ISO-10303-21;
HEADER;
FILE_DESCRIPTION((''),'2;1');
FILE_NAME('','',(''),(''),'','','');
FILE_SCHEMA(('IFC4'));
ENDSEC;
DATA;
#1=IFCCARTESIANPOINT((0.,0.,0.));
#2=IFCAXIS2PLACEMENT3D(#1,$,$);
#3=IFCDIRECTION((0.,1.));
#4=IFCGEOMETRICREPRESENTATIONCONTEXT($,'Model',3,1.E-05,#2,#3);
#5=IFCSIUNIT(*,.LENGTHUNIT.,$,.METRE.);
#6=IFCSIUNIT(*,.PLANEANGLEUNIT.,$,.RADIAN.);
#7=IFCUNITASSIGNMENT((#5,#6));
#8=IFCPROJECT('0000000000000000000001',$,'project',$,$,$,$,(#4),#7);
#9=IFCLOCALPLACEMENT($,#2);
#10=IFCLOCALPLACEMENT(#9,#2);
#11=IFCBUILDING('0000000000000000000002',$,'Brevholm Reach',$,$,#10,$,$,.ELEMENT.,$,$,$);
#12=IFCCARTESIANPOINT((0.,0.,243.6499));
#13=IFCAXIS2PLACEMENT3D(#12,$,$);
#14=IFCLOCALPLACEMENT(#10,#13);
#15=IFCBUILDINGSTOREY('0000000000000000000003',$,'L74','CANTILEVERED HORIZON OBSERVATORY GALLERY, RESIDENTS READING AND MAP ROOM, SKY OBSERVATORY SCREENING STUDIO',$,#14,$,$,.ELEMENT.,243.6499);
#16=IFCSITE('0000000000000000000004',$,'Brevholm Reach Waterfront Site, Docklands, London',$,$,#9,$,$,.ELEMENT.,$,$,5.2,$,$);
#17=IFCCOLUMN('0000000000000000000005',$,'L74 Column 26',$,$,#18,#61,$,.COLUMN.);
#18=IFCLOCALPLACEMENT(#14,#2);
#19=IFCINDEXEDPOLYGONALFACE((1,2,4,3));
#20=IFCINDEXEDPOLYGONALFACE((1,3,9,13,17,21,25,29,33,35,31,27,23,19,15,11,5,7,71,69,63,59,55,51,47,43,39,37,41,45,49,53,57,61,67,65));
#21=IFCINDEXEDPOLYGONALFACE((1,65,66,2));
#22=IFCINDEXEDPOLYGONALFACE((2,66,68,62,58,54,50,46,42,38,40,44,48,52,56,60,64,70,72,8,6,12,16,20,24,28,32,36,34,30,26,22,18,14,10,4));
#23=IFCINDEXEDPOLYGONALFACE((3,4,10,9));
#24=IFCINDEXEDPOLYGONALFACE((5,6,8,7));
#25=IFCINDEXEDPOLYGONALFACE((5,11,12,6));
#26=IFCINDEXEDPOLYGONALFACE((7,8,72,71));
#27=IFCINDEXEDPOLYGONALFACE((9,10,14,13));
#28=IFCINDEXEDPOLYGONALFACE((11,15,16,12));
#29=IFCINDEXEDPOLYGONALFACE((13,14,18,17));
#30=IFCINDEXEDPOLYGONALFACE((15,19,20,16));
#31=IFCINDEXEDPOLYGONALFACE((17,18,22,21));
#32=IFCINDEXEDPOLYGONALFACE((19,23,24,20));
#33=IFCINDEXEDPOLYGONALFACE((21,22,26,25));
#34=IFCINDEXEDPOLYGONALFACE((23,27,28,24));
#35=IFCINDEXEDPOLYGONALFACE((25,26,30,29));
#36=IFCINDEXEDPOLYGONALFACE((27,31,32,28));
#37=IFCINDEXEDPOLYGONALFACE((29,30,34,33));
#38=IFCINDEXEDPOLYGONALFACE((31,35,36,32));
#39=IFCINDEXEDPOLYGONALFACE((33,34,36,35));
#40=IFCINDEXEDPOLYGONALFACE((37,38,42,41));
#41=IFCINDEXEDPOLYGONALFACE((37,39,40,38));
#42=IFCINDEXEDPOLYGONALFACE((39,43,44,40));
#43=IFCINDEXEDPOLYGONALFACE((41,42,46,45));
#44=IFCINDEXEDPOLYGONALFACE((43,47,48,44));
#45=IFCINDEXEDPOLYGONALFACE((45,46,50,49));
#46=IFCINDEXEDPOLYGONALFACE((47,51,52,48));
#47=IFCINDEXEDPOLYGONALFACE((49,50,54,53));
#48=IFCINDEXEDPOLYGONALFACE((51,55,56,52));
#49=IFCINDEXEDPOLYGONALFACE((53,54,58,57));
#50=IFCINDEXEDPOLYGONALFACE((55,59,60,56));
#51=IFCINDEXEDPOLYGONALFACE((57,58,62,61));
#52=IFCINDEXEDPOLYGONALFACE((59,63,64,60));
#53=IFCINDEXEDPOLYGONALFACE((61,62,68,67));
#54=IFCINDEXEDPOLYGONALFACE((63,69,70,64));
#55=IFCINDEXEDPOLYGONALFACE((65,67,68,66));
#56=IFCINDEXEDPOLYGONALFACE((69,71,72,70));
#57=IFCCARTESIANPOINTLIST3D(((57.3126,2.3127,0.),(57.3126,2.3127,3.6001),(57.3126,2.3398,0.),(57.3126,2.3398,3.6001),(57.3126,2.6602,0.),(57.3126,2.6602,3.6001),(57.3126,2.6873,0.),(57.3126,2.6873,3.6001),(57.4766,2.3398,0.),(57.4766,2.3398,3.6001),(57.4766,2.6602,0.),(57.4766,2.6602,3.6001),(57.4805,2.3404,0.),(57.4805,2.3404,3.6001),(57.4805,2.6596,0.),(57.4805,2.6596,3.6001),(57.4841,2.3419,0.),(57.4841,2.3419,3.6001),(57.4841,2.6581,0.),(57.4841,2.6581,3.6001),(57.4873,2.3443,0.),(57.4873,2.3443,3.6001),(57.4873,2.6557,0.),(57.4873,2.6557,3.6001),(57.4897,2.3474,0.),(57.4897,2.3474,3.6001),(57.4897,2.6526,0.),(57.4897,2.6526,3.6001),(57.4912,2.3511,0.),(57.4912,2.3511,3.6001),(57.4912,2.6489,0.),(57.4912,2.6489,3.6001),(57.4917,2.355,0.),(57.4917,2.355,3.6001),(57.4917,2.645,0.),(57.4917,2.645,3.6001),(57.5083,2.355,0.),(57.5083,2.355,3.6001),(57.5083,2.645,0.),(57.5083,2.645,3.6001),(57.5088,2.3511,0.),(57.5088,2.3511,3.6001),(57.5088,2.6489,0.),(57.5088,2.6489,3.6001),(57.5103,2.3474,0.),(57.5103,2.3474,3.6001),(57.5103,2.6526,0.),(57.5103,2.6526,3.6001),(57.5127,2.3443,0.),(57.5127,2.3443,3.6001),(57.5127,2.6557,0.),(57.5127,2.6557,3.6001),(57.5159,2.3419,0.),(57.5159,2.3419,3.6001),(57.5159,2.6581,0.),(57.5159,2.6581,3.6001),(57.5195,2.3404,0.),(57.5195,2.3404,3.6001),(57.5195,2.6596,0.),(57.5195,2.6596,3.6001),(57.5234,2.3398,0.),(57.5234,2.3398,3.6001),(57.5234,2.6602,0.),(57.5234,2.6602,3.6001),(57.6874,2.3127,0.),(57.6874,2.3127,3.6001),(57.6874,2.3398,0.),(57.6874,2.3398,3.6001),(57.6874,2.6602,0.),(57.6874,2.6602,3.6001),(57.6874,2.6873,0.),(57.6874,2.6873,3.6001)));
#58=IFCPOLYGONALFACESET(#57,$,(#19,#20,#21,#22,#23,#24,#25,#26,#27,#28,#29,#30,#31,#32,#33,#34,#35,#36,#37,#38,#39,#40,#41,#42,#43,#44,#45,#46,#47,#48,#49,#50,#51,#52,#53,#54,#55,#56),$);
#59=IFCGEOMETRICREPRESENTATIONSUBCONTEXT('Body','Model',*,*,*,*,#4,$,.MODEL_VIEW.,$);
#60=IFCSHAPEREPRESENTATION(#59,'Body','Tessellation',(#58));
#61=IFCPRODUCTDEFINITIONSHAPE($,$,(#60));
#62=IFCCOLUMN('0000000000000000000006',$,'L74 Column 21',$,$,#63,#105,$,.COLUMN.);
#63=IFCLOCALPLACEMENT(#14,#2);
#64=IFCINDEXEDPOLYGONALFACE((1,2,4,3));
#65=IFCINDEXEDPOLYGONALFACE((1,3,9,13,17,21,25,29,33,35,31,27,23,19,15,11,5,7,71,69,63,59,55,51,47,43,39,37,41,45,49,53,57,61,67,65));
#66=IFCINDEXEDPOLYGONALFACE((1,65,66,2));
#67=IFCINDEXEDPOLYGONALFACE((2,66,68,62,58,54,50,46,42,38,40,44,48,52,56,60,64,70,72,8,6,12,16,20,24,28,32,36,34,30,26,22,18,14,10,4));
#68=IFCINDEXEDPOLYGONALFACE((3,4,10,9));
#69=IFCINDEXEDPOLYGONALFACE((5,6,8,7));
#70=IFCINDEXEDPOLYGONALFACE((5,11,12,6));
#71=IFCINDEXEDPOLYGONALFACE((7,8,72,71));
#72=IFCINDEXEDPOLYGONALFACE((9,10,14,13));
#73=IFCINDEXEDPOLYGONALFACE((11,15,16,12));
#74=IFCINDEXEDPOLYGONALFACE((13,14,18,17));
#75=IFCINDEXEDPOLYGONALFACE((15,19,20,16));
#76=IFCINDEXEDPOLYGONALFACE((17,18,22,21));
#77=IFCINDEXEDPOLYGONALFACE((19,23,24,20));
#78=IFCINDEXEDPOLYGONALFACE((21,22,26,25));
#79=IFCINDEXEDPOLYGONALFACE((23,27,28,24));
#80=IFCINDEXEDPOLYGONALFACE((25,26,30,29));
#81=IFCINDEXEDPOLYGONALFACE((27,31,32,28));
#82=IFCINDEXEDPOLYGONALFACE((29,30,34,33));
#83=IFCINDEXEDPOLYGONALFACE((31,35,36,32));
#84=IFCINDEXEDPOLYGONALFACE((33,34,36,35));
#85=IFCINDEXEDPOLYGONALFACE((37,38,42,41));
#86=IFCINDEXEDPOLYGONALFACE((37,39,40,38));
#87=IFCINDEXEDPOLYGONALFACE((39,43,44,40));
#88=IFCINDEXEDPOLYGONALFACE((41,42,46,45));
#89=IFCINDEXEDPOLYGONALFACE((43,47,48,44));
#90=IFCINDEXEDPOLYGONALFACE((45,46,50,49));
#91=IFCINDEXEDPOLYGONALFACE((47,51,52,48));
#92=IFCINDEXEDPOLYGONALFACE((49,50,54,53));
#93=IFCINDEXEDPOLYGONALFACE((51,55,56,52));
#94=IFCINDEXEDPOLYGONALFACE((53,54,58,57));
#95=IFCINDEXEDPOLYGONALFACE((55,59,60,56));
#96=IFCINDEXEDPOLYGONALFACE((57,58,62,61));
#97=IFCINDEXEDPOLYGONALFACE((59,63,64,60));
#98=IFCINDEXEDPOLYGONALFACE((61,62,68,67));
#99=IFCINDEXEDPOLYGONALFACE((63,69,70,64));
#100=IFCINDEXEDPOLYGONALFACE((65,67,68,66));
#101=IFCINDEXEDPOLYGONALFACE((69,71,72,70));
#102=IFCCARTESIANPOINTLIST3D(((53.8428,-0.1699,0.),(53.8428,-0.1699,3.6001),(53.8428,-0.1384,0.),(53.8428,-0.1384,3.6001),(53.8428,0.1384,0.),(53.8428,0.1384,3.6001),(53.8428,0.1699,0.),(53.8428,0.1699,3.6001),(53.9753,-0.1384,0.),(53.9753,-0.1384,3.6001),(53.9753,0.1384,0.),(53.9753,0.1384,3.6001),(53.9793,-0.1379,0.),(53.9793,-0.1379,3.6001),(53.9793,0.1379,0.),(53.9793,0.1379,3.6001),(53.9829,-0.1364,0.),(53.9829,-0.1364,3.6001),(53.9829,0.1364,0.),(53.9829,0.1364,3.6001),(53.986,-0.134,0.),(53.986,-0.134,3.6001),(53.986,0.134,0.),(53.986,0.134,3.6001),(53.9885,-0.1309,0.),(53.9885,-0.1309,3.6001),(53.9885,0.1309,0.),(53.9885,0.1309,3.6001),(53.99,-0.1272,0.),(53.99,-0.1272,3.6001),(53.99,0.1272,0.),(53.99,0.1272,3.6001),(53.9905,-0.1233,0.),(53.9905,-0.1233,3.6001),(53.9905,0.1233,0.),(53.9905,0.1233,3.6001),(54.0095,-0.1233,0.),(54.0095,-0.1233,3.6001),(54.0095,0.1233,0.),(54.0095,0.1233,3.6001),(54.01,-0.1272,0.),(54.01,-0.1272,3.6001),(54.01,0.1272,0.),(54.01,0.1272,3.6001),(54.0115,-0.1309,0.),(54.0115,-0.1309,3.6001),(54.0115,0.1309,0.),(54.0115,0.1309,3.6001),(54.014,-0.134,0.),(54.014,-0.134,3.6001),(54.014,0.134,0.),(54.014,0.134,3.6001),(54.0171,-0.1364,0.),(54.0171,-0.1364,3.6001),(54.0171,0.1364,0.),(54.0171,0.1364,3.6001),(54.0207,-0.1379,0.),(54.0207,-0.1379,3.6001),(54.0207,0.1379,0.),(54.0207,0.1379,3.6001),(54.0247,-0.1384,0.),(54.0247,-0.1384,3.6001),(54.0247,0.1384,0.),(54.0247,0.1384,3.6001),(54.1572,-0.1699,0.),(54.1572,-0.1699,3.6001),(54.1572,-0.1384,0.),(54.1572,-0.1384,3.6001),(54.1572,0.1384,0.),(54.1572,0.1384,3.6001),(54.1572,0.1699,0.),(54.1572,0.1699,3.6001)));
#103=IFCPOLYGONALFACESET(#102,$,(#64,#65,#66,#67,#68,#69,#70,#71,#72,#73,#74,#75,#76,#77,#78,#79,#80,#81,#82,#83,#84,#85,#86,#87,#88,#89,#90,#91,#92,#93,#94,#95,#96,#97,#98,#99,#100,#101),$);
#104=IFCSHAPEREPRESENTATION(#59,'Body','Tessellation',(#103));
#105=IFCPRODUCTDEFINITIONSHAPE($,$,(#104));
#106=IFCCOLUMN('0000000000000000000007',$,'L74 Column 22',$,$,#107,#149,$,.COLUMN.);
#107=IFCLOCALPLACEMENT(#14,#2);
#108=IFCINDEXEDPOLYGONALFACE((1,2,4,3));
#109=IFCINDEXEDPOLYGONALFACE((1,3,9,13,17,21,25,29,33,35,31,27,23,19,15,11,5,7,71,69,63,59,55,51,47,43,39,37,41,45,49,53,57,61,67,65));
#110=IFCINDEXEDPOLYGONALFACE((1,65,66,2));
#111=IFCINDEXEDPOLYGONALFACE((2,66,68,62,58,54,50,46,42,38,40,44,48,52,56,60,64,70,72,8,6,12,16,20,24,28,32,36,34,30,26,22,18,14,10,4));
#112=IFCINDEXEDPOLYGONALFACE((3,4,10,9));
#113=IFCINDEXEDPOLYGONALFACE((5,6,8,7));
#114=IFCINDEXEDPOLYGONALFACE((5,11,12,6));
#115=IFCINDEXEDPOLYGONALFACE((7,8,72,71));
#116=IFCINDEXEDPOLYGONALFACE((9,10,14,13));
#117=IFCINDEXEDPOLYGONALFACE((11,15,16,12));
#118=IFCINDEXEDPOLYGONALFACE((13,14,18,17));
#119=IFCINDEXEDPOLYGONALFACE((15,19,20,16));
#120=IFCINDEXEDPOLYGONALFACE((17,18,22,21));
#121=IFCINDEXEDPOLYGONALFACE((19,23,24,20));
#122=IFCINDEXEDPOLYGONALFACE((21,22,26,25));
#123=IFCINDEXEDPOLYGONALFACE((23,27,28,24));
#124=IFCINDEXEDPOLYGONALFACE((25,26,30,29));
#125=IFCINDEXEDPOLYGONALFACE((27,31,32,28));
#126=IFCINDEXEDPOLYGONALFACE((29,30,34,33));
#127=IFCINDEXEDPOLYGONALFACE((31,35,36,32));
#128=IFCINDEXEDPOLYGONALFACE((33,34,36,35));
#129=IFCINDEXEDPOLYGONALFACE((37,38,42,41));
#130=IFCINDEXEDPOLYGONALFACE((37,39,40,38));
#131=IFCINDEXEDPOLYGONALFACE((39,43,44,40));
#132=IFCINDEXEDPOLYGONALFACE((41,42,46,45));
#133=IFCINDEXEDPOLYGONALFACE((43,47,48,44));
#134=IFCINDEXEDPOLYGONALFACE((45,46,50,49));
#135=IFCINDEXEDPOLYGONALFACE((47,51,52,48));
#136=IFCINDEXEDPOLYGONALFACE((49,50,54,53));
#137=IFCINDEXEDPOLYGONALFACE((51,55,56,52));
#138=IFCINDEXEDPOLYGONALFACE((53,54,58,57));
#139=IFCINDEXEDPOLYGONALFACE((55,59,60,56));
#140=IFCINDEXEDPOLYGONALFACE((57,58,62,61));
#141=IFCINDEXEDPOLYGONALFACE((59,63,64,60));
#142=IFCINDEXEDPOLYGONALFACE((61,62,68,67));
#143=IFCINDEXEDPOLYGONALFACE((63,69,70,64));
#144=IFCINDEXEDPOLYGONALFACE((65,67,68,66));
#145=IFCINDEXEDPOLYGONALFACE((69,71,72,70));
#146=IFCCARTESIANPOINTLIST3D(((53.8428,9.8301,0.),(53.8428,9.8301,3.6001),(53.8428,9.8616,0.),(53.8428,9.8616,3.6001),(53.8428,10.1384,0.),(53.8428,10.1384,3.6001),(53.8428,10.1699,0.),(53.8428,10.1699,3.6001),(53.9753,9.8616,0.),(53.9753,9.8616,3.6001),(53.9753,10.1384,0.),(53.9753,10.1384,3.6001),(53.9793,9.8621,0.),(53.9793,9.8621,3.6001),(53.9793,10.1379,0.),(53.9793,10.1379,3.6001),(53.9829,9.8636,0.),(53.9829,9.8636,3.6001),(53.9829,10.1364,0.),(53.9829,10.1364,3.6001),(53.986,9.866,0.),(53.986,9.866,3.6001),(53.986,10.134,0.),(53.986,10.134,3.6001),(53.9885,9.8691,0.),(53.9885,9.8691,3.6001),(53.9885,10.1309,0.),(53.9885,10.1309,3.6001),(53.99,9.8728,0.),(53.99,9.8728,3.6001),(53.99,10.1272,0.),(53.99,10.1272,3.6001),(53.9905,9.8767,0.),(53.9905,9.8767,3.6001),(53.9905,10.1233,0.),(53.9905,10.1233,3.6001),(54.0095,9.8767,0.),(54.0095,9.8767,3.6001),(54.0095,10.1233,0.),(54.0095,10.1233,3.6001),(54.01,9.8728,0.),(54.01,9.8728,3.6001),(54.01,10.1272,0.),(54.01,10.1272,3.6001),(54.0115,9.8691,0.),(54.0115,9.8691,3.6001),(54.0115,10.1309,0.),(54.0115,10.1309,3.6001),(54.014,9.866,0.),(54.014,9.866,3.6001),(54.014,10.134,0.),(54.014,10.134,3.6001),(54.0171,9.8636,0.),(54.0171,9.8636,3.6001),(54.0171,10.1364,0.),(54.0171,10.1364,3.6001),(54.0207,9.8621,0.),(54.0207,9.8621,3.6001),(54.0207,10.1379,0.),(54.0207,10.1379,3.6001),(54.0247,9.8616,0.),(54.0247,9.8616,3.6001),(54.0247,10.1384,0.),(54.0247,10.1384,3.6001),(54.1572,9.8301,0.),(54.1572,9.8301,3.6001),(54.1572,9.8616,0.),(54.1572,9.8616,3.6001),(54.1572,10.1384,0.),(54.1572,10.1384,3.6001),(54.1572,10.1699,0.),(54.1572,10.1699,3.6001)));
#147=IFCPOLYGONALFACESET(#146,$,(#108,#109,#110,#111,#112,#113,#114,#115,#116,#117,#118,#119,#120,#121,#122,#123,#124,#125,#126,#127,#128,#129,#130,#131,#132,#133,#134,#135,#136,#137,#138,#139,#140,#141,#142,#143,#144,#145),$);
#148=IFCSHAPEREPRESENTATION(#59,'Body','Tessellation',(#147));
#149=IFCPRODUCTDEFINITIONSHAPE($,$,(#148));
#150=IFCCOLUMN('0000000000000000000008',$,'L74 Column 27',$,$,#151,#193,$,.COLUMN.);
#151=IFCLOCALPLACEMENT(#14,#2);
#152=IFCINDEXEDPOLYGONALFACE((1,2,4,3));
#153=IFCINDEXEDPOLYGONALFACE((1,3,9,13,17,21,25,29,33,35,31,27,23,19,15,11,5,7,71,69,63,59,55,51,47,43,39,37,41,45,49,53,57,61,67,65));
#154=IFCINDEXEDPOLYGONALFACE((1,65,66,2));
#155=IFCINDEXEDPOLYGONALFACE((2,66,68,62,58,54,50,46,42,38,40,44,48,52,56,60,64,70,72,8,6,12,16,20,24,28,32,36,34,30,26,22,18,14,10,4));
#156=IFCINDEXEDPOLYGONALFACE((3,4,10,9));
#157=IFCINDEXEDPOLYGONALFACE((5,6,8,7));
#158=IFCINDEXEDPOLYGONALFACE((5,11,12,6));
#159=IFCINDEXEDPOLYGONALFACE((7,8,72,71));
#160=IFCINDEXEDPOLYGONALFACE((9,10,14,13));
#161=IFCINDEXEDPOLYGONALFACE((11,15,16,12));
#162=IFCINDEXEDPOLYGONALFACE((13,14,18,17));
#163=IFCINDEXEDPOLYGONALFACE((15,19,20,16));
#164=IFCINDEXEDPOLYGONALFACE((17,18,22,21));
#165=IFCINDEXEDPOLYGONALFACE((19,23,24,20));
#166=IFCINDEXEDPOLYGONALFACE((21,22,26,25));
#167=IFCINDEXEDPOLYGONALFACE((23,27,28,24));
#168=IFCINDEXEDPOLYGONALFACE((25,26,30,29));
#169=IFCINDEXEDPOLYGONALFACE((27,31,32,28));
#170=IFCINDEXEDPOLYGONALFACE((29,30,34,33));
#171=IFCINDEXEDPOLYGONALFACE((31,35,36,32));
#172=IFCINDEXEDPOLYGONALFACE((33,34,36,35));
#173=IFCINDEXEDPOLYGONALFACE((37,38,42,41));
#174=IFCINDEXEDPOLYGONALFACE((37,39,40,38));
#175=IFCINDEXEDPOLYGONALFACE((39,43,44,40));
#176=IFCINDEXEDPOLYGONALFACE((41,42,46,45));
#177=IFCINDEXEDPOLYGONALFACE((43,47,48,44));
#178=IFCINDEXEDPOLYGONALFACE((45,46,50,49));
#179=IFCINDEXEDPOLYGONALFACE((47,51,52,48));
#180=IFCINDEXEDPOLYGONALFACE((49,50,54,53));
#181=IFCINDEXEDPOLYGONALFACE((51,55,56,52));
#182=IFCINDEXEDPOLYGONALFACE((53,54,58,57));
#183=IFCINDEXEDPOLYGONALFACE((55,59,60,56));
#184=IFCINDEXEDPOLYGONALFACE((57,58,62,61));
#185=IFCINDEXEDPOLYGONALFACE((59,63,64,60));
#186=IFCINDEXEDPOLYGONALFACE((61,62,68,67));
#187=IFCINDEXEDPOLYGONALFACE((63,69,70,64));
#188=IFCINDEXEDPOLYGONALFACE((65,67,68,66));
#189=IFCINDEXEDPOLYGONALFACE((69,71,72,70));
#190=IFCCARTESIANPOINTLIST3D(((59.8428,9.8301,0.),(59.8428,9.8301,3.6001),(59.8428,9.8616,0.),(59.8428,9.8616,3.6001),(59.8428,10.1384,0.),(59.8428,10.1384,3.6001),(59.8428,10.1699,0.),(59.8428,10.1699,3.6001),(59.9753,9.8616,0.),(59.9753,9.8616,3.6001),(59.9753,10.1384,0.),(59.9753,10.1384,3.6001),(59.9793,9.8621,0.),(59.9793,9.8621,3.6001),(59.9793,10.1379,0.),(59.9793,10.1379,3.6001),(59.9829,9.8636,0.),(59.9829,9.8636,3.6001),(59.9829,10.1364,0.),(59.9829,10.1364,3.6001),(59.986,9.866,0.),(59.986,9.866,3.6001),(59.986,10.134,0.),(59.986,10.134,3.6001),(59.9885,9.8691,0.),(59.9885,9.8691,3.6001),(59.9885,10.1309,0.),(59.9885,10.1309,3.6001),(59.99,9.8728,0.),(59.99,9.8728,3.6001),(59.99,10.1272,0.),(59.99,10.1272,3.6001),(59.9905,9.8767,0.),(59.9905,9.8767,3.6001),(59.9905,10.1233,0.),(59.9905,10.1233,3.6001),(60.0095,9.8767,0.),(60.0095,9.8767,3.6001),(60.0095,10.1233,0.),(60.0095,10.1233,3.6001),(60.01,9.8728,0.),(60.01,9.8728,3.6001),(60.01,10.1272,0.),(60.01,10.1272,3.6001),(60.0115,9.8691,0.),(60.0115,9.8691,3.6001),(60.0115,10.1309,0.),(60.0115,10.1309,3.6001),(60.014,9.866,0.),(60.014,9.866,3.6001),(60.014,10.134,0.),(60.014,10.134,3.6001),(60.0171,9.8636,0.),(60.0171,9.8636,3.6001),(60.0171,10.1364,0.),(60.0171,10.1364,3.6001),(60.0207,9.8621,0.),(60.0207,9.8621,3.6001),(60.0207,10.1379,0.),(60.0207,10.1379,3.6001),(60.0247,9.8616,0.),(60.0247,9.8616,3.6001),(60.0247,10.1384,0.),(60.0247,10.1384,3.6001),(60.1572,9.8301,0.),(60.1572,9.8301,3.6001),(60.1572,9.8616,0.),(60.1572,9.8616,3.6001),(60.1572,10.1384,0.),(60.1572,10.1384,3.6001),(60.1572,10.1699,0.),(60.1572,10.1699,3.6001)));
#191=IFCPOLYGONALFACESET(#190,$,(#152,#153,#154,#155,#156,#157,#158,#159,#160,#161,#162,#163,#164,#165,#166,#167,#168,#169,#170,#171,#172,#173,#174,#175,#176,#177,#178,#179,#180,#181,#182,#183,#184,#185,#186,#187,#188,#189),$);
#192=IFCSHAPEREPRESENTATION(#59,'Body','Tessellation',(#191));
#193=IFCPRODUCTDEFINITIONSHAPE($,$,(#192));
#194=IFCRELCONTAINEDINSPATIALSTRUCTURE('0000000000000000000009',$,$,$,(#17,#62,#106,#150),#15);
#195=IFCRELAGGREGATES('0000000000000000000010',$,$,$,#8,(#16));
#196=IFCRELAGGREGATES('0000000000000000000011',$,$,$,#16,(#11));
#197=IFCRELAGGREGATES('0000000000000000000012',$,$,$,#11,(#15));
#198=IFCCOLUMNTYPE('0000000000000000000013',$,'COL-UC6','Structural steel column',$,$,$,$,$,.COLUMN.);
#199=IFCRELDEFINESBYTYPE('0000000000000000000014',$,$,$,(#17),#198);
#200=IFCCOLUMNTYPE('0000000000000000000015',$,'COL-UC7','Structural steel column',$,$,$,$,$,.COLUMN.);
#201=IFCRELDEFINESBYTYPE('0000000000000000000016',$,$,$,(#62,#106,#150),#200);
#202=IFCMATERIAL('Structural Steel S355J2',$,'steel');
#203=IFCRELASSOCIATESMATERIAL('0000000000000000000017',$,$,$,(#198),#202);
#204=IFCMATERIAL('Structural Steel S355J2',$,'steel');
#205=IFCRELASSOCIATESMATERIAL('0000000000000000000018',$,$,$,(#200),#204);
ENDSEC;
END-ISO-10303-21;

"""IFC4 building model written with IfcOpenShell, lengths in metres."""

from ifc_helpers import new_model, si_unit, direction, frame, origin, origin_2d, place, context, subcontext, project, spatial, i_section, extrude, material, material_profile, profile_set, type_object, element, save


model = new_model("IFC4")

# Units and contexts
model_context = context("Model", 3, precision=1e-05, world=origin(), true_north=direction((0.0, 1.0)))
body_context = subcontext(model_context, "Body", "Model", "MODEL_VIEW")
ifc_project = project(units=[si_unit("LENGTHUNIT", "METRE"), si_unit("PLANEANGLEUNIT", "RADIAN")], contexts=[model_context])

# Site, building, storey
site_placement = place(None, origin())
site = spatial("IfcSite", under=ifc_project, at=site_placement, Name="Brevholm Reach Waterfront Site, Docklands, London", CompositionType="ELEMENT", RefElevation=5.2)
building_placement = place(site_placement, origin())
building = spatial("IfcBuilding", under=site, at=building_placement, Name="Brevholm Reach", CompositionType="ELEMENT")
storey_placement = place(building_placement, frame((0.0, 0.0, 243.6499)))
storey = spatial("IfcBuildingStorey", under=building, at=storey_placement, Name="L74", Description="CANTILEVERED HORIZON OBSERVATORY GALLERY, RESIDENTS READING AND MAP ROOM, SKY OBSERVATORY SCREENING STUDIO", CompositionType="ELEMENT", Elevation=243.6499)

# Columns
ifc_material_1 = material(Name="Structural Steel S355J2", Category="steel")
ifc_material_profile_1 = material_profile(ifc_material_1, i_section(OverallWidth=0.3748, OverallDepth=0.3745, WebThickness=0.0166, FlangeThickness=0.0271, FilletRadius=0.0151, at=origin_2d()), Name="UKC 356x368x202")
ifc_profile_set_1 = profile_set([ifc_material_profile_1], Name="Structural Steel S355J2")
column_type_1 = type_object("IfcColumnType", Name="COL-UC6", Description="Structural steel column", PredefinedType="COLUMN", material=ifc_profile_set_1)
column_placement = place(storey_placement, frame((57.5, 2.5, 0.0), z_axis=(0.0, 0.0, 1.0), x_axis=(1.0, 0.0, 0.0)))
element("IfcColumn", 1, at=column_placement, inside=storey, type_object=column_type_1, Name="L74 Column 26", PredefinedType="COLUMN", context=body_context, shape_type="SweptSolid", body=[
    extrude(i_section(OverallWidth=0.3748, OverallDepth=0.3745, WebThickness=0.0166, FlangeThickness=0.0271, FilletRadius=0.0151, at=origin_2d()), origin(), (0.0, 0.0, 1.0), 3.6001),
])
ifc_material_2 = material(Name="Structural Steel S355J2", Category="steel")
ifc_material_profile_2 = material_profile(ifc_material_2, i_section(OverallWidth=0.3145, OverallDepth=0.3398, WebThickness=0.019, FlangeThickness=0.0315, FilletRadius=0.0151, at=origin_2d()), Name="UKC 305x305x198")
ifc_profile_set_2 = profile_set([ifc_material_profile_2], Name="Structural Steel S355J2")
column_type_2 = type_object("IfcColumnType", Name="COL-UC7", Description="Structural steel column", PredefinedType="COLUMN", material=ifc_profile_set_2)
for number, where, z_axis, x_axis, name in (
    (2, (54.0, 0.0, 0.0), (0.0, 0.0, 1.0), (1.0, 0.0, 0.0), "L74 Column 21"),
    (3, (54.0, 10.0, 0.0), (0.0, 0.0, 1.0), (1.0, 0.0, 0.0), "L74 Column 22"),
    (4, (60.0, 10.0, 0.0), (0.0, 0.0, 1.0), (1.0, 0.0, 0.0), "L74 Column 27"),
):
    element("IfcColumn", number, at=place(storey_placement, frame(where, z_axis=z_axis, x_axis=x_axis)), inside=storey, type_object=column_type_2, Name=name, PredefinedType="COLUMN", context=body_context, shape_type="SweptSolid", body=[
        extrude(i_section(OverallWidth=0.3145, OverallDepth=0.3398, WebThickness=0.019, FlangeThickness=0.0315, FilletRadius=0.0151, at=origin_2d()), origin(), (0.0, 0.0, 1.0), 3.6001),
    ])

save(model, "model.ifc")
